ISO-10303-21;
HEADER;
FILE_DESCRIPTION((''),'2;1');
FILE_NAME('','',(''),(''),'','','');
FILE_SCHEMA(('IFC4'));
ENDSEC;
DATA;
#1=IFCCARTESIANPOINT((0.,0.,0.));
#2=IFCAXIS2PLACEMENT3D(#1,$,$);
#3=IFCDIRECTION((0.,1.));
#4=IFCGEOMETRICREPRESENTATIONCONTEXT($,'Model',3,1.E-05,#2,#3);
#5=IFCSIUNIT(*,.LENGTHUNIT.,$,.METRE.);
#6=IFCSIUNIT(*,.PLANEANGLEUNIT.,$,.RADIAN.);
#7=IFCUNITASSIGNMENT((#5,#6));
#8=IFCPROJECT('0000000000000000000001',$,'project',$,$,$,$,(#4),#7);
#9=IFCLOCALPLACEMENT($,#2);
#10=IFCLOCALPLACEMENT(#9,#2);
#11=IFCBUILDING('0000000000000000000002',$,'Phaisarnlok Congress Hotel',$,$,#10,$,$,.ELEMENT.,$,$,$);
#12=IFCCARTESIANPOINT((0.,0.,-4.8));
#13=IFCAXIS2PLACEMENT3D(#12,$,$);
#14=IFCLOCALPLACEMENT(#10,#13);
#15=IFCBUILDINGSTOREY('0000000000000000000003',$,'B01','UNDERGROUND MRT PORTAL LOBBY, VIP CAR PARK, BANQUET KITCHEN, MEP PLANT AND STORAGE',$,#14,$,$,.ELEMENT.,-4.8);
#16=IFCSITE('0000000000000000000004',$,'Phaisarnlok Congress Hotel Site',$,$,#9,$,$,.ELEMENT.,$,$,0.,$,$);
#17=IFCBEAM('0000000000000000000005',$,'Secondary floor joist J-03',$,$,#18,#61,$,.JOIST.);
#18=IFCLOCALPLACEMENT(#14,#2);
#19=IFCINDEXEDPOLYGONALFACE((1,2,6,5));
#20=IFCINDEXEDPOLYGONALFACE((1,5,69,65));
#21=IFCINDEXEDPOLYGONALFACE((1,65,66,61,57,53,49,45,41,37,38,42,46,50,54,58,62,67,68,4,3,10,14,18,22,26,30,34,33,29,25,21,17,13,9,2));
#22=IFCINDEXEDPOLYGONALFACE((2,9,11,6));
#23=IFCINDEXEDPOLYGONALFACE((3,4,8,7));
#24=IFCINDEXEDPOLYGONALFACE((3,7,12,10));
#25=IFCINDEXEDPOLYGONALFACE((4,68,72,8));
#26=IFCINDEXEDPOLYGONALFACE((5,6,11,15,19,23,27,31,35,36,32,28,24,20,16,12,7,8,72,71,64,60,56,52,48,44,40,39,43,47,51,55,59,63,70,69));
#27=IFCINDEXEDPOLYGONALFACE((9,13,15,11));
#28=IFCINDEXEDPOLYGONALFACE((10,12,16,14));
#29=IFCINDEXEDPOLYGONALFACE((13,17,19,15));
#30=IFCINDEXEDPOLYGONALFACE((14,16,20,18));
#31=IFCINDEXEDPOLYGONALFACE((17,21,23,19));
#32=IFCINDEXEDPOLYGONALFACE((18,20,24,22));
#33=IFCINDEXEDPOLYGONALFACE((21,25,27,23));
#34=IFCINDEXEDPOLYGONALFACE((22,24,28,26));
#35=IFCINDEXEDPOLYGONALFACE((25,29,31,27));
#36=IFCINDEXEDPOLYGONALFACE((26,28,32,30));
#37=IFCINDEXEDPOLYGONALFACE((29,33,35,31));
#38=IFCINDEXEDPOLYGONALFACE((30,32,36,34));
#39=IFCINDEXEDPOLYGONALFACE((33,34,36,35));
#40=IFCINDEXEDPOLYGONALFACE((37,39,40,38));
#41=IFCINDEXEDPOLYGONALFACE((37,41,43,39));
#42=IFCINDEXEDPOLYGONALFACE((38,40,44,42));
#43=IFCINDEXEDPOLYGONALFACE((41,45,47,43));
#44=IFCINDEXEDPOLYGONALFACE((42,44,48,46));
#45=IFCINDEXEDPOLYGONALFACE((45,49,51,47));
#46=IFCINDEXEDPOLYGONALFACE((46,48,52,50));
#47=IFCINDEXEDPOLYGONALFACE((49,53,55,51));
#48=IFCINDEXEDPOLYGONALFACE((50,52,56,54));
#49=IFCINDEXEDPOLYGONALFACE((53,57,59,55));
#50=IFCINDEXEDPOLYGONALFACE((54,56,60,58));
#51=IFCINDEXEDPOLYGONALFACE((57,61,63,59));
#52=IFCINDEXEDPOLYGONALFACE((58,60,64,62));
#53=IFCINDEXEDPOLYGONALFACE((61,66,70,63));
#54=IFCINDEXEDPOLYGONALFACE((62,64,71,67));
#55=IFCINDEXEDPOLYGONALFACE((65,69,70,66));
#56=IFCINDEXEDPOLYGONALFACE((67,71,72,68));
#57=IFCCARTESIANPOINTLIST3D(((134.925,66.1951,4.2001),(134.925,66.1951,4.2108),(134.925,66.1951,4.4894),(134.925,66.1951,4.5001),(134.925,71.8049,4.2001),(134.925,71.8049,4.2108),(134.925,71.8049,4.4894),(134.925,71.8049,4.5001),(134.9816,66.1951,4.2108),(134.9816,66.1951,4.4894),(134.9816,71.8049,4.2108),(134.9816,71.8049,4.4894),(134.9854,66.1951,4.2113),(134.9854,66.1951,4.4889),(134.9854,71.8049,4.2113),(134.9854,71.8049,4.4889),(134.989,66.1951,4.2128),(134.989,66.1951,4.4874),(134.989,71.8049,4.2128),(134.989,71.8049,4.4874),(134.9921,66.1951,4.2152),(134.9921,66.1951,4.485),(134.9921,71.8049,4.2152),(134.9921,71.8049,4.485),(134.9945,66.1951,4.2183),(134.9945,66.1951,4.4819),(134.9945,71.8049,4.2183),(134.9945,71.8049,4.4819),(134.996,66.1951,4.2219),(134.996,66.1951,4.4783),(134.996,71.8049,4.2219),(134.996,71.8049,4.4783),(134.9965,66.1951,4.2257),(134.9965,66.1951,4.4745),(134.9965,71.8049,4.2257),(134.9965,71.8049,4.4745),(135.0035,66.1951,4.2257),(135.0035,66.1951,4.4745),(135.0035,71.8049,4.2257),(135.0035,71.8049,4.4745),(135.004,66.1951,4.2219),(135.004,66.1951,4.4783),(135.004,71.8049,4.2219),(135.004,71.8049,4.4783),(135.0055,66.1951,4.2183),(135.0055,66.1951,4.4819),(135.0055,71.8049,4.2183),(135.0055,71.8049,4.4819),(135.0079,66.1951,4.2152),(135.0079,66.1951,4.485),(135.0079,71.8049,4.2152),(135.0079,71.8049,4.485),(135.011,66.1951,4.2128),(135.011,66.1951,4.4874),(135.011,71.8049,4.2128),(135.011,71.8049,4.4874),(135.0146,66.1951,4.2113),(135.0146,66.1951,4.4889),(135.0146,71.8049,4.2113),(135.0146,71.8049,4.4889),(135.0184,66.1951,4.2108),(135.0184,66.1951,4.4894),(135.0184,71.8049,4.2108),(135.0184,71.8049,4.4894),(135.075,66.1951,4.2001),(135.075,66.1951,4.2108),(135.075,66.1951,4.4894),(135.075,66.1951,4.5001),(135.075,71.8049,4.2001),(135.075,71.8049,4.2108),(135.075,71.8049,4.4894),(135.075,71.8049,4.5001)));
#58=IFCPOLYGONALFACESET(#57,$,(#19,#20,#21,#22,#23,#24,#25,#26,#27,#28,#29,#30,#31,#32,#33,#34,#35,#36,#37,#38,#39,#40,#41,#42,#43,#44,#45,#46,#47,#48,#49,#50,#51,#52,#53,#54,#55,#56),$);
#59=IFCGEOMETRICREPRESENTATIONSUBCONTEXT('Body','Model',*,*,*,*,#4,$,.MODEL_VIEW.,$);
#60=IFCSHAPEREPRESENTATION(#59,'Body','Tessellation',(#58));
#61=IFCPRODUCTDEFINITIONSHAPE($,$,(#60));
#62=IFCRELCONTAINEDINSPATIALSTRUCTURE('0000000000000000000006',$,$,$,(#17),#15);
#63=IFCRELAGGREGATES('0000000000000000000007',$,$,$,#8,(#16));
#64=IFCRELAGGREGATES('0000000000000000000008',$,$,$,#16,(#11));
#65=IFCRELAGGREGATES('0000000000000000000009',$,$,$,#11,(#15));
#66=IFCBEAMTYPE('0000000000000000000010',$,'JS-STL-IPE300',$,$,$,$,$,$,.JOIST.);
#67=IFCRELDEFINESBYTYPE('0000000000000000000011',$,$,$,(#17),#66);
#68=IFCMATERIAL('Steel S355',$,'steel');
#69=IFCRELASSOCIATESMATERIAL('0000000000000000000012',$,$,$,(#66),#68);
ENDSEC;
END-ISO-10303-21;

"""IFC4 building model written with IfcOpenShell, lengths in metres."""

from ifc_helpers import new_model, si_unit, direction, frame, origin, origin_2d, place, context, subcontext, project, spatial, i_section, extrude, material, material_profile, profile_set, type_object, element, save


model = new_model("IFC4")

# Units and contexts
model_context = context("Model", 3, precision=1e-05, world=origin(), true_north=direction((0.0, 1.0)))
body_context = subcontext(model_context, "Body", "Model", "MODEL_VIEW")
ifc_project = project(units=[si_unit("LENGTHUNIT", "METRE"), si_unit("PLANEANGLEUNIT", "RADIAN")], contexts=[model_context])

# Site, building, storey
site_placement = place(None, origin())
site = spatial("IfcSite", under=ifc_project, at=site_placement, Name="Phaisarnlok Congress Hotel Site", CompositionType="ELEMENT", RefElevation=0.0)
building_placement = place(site_placement, origin())
building = spatial("IfcBuilding", under=site, at=building_placement, Name="Phaisarnlok Congress Hotel", CompositionType="ELEMENT")
storey_placement = place(building_placement, frame((0.0, 0.0, -4.8)))
storey = spatial("IfcBuildingStorey", under=building, at=storey_placement, Name="B01", Description="UNDERGROUND MRT PORTAL LOBBY, VIP CAR PARK, BANQUET KITCHEN, MEP PLANT AND STORAGE", CompositionType="ELEMENT", Elevation=-4.8)

# Beam
ifc_material_1 = material(Name="Steel S355", Category="steel")
ifc_material_profile_1 = material_profile(ifc_material_1, i_section(OverallWidth=0.1499, OverallDepth=0.3, WebThickness=0.0071, FlangeThickness=0.0107, FilletRadius=0.0149, at=origin_2d()), Name="IPE 300")
ifc_profile_set_1 = profile_set([ifc_material_profile_1], Name="Steel S355")
beam_type_1 = type_object("IfcBeamType", Name="JS-STL-IPE300", PredefinedType="JOIST", material=ifc_profile_set_1)
for number, where, z_axis, x_axis, name in (
    (1, (135.0, 66.1951, 4.3501), (0.0, 1.0, 0.0), (-1.0, 0.0, 0.0), "Secondary floor joist J-03"),
):
    element("IfcBeam", number, at=place(storey_placement, frame(where, z_axis=z_axis, x_axis=x_axis)), inside=storey, type_object=beam_type_1, Name=name, PredefinedType="JOIST", context=body_context, shape_type="SweptSolid", body=[
        extrude(i_section(OverallWidth=0.1499, OverallDepth=0.3, WebThickness=0.0071, FlangeThickness=0.0107, FilletRadius=0.0149, at=origin_2d()), origin(), (0.0, 0.0, 1.0), 5.6099),
    ])

save(model, "model.ifc")
